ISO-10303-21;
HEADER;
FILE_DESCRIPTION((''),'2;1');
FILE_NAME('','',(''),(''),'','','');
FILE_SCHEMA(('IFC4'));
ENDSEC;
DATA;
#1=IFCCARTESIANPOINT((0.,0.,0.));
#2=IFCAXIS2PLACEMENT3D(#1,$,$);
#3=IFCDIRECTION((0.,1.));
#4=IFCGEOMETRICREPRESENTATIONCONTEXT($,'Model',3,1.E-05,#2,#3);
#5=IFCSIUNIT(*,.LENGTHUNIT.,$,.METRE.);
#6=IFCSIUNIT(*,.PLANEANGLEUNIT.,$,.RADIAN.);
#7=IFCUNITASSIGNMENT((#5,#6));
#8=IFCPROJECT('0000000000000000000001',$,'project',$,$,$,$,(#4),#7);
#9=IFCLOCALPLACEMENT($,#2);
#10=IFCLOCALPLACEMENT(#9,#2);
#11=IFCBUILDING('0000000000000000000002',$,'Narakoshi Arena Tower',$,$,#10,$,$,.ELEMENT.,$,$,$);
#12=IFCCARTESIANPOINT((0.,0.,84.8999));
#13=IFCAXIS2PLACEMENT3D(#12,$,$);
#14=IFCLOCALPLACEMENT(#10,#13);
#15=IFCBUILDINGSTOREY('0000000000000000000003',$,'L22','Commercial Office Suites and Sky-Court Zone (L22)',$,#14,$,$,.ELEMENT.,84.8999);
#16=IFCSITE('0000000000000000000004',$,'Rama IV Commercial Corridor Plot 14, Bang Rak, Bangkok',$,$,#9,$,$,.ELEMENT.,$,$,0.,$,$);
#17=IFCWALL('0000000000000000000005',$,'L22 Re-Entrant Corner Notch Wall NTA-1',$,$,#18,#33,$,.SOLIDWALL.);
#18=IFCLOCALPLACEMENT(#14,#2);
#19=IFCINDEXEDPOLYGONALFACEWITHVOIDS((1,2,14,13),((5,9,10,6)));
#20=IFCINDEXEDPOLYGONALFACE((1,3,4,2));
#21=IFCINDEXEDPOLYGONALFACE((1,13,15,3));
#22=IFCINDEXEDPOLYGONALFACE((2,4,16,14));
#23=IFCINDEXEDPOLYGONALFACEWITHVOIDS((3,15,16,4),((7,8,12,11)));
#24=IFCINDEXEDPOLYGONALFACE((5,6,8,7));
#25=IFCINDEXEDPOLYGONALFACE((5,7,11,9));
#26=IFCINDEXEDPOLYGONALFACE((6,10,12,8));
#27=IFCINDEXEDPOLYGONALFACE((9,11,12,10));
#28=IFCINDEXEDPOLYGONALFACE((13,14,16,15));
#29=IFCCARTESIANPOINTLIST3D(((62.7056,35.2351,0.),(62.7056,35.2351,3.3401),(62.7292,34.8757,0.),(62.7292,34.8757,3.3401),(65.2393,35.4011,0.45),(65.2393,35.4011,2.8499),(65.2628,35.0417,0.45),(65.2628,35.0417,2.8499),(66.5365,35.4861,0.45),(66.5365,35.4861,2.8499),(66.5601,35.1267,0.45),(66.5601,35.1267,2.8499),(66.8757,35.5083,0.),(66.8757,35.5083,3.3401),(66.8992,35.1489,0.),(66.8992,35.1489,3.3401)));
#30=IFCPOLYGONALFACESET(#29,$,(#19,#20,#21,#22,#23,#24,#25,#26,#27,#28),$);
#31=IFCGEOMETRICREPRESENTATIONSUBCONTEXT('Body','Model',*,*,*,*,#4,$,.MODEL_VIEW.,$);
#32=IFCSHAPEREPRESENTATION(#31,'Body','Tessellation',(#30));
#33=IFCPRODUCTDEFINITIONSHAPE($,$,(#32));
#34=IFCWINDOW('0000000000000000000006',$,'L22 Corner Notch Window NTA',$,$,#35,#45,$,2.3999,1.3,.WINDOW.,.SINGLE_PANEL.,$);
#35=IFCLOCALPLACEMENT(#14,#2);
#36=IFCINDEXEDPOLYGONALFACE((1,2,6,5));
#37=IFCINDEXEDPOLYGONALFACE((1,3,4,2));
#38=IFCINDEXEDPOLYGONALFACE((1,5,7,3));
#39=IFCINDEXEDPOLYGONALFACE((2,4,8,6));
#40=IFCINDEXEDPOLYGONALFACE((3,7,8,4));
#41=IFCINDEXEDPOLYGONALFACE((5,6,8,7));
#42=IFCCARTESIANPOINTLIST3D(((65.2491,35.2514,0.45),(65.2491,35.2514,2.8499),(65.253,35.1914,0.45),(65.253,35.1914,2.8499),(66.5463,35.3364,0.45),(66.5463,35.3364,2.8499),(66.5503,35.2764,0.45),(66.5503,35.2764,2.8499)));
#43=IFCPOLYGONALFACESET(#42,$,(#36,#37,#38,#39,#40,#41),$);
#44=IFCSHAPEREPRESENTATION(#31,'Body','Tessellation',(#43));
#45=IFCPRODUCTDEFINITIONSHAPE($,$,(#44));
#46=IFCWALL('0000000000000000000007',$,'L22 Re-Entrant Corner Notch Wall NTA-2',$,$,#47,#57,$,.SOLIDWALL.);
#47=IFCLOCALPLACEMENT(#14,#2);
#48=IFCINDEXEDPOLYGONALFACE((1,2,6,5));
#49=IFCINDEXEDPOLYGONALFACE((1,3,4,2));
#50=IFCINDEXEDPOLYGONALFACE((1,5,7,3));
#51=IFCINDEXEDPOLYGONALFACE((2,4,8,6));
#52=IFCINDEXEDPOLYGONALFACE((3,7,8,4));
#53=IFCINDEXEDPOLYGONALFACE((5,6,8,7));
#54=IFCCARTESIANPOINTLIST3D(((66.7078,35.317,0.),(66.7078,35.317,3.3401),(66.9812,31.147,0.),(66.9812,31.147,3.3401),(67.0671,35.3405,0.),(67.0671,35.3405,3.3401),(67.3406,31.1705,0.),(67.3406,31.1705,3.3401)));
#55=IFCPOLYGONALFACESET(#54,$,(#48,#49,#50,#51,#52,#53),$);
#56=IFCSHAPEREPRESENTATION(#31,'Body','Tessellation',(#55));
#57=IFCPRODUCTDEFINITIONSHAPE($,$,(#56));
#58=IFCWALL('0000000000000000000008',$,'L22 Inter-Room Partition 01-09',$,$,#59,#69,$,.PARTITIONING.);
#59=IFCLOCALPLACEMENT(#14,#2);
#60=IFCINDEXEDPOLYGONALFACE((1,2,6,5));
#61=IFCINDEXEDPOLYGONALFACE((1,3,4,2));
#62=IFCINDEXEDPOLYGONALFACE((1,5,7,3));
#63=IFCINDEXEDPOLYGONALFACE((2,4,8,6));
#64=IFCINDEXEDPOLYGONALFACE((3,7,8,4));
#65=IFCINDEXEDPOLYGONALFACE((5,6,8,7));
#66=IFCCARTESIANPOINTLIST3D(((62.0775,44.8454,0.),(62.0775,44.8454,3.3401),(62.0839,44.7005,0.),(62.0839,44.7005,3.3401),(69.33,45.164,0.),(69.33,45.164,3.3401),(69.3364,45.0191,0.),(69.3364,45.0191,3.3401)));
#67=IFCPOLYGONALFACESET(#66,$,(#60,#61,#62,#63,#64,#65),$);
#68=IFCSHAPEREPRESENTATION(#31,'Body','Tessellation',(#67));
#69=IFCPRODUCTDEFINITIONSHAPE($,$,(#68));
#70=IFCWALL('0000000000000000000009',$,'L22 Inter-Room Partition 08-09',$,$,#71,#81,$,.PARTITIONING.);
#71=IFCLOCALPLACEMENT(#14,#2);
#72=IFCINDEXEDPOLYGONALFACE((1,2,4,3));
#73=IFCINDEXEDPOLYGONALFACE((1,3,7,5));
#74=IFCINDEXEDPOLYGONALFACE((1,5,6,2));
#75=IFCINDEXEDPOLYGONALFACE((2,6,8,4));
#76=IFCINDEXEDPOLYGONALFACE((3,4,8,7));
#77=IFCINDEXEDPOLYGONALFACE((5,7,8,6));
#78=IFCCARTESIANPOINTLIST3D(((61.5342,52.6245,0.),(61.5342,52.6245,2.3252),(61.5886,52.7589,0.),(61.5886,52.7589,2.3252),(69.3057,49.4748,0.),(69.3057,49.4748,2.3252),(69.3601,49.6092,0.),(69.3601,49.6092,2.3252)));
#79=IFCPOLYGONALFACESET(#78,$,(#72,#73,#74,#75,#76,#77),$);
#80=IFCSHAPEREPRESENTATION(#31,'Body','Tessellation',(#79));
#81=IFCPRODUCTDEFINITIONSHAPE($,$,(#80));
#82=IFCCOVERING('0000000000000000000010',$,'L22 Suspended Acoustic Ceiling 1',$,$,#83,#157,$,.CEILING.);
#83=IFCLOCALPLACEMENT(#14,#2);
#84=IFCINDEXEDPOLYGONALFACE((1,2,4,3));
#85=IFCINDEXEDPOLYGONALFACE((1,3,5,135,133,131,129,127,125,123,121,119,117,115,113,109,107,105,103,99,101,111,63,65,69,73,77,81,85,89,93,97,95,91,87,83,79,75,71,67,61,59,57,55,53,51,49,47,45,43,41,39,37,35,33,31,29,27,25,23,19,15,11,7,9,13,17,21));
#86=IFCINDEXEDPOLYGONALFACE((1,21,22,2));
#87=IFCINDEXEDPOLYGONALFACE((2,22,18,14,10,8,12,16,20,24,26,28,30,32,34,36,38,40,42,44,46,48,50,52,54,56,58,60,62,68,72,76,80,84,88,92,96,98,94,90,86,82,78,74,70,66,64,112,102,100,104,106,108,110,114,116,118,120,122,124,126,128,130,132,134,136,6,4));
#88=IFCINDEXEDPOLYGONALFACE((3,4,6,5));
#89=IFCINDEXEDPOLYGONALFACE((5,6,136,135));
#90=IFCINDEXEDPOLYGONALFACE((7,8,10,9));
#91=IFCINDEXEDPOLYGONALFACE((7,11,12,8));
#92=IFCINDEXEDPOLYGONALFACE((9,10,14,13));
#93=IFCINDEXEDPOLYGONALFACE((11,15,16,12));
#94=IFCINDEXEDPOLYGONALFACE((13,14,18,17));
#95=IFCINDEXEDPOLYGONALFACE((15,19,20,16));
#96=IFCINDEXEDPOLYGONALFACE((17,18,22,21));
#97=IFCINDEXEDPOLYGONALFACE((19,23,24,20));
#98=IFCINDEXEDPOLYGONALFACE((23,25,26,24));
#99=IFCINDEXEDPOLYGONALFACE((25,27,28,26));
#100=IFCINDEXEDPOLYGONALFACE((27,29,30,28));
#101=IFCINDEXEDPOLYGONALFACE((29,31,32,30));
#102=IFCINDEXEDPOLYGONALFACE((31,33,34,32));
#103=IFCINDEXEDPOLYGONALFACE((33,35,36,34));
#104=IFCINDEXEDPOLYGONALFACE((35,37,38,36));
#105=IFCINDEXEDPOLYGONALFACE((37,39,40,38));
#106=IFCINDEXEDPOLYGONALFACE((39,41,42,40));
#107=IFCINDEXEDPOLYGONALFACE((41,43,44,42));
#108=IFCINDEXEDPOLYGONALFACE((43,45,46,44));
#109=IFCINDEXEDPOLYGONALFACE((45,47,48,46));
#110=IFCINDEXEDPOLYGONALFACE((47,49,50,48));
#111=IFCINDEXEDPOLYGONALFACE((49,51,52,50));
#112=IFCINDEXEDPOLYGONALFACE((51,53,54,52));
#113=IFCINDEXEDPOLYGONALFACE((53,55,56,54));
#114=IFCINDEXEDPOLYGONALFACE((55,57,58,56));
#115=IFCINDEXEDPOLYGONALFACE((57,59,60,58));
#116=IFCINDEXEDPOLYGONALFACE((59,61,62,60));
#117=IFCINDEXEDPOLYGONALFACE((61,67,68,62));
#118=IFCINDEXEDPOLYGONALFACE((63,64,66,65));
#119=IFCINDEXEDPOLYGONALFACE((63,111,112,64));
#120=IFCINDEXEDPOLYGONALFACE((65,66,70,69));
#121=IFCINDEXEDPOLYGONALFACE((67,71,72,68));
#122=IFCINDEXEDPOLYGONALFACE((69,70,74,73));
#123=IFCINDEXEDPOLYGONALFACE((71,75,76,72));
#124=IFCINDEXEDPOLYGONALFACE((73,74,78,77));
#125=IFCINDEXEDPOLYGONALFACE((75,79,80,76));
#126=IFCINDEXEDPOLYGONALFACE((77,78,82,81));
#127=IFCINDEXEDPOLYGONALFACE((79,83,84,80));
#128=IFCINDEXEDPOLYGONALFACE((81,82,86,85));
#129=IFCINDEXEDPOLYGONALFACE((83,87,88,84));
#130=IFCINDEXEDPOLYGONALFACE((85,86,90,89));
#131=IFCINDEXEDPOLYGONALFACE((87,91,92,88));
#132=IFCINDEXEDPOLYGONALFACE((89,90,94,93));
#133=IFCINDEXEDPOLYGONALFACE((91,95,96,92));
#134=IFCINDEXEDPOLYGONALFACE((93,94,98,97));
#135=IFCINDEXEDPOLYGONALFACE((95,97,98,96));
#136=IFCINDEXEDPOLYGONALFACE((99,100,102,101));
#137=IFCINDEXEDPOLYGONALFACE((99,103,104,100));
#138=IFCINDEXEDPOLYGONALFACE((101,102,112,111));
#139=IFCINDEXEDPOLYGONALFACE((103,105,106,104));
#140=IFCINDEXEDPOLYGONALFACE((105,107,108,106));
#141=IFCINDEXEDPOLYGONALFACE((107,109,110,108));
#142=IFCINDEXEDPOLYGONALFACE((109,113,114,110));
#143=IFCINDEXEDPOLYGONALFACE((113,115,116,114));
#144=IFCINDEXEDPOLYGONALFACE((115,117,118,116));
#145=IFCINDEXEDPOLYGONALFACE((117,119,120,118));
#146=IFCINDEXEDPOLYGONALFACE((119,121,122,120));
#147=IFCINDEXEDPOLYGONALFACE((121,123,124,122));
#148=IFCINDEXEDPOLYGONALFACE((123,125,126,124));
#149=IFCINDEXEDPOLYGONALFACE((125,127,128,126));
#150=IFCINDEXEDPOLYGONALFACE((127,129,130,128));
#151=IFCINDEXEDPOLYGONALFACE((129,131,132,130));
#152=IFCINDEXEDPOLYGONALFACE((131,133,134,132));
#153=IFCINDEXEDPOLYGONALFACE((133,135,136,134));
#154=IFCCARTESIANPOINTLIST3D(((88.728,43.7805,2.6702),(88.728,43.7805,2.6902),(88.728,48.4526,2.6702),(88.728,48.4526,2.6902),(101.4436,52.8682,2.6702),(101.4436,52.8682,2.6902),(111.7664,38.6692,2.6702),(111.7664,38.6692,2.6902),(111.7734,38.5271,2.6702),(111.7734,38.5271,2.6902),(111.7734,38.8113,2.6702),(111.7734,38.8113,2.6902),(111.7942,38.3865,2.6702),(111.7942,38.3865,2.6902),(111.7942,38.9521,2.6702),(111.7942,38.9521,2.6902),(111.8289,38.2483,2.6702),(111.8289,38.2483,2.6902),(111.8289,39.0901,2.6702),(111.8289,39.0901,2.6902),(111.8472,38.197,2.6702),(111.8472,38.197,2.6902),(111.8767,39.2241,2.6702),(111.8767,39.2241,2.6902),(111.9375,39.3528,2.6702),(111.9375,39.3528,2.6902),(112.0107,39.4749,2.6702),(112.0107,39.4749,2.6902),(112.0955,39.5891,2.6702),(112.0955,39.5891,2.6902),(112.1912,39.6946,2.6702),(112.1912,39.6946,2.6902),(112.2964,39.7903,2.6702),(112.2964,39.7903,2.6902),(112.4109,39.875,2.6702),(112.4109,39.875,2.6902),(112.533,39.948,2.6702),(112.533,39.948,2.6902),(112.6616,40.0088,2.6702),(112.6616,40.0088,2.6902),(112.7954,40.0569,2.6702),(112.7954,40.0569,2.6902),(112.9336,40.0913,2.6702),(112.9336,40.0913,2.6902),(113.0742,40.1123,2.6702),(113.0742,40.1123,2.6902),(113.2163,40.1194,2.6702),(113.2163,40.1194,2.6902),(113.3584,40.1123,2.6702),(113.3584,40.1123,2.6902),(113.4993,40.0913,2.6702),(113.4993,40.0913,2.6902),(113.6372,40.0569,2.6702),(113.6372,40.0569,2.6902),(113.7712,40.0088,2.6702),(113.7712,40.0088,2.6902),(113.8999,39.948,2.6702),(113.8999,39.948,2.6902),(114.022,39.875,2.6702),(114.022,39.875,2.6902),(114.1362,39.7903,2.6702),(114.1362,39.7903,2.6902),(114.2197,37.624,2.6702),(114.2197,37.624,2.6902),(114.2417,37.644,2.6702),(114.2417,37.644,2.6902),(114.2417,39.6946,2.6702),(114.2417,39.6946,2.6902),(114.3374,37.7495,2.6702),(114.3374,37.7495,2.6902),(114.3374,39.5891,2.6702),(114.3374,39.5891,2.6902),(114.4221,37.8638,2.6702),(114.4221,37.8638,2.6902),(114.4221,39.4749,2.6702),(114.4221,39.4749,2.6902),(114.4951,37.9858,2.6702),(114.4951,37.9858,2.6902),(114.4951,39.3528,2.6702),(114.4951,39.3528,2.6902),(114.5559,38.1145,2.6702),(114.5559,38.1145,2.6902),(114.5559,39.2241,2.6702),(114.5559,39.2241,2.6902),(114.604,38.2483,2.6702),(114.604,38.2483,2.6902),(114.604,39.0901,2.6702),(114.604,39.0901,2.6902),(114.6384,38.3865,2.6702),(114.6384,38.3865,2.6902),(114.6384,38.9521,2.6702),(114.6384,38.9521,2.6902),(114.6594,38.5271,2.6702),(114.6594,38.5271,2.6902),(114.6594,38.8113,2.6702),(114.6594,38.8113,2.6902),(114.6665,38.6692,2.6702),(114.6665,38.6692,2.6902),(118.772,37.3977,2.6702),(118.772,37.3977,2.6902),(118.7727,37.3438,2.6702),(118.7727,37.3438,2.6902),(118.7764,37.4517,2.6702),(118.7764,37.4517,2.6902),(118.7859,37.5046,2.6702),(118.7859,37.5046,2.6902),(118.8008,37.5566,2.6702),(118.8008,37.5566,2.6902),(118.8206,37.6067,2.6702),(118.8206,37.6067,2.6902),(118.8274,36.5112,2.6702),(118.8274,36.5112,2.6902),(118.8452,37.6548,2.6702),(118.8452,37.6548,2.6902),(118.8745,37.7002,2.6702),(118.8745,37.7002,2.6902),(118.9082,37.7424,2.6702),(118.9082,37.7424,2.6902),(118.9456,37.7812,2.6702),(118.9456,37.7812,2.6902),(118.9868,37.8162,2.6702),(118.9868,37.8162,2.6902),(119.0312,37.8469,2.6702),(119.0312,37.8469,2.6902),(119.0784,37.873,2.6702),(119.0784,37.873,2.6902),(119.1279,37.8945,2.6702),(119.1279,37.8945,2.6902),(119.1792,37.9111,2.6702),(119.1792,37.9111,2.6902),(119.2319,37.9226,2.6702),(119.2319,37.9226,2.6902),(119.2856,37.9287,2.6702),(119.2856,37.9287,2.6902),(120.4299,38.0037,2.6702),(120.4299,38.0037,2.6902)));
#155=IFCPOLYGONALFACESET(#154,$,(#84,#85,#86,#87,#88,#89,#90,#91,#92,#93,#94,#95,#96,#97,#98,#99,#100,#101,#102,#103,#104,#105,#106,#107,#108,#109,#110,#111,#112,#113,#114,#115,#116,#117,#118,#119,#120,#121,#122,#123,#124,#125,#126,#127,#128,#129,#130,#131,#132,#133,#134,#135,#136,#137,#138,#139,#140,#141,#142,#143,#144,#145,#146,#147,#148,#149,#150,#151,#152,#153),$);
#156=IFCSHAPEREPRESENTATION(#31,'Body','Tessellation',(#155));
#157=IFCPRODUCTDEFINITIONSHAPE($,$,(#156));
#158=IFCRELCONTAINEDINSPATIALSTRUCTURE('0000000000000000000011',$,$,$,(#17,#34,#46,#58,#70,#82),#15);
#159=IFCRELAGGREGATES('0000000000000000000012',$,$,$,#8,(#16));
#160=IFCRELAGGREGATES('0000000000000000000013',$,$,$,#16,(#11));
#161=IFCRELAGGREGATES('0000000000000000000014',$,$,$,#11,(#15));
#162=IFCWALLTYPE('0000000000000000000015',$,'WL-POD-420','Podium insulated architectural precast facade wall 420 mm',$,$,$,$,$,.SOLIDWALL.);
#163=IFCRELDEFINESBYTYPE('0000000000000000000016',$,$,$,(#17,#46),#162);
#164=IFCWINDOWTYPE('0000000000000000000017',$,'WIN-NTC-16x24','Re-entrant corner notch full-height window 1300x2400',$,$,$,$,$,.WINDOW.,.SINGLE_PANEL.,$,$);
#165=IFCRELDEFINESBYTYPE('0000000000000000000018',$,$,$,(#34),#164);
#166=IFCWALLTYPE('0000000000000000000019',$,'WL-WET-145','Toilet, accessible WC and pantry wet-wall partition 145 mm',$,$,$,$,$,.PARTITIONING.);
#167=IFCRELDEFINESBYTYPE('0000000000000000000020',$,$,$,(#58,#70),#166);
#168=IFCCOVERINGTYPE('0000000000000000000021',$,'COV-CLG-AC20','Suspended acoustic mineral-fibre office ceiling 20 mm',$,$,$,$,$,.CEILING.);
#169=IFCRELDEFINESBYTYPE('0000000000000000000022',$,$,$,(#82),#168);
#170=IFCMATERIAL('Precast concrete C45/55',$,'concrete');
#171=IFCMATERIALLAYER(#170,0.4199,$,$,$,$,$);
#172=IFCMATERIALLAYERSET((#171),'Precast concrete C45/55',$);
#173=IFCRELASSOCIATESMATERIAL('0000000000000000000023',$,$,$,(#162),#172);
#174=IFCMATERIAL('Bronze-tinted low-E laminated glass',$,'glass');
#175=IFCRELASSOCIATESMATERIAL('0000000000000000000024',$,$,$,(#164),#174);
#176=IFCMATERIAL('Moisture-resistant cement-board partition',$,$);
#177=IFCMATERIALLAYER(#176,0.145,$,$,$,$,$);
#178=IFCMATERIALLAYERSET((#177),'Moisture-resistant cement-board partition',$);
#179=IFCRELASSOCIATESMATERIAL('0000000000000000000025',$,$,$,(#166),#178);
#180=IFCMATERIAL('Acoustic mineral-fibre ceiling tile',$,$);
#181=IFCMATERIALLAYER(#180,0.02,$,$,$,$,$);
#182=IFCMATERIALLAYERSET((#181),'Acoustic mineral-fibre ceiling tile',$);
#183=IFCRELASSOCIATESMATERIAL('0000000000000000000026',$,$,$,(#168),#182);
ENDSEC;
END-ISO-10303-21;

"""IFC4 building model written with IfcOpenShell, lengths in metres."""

from ifc_helpers import new_model, si_unit, direction, frame, frame_2d, origin, place, context, subcontext, project, spatial, polyline, rectangle, outline, extrude, material, layer, layer_set, type_object, element, fill, save


model = new_model("IFC4")

# Units and contexts
model_context = context("Model", 3, precision=1e-05, world=origin(), true_north=direction((0.0, 1.0)))
body_context = subcontext(model_context, "Body", "Model", "MODEL_VIEW")
ifc_project = project(units=[si_unit("LENGTHUNIT", "METRE"), si_unit("PLANEANGLEUNIT", "RADIAN")], contexts=[model_context])

# Site, building, storey
site_placement = place(None, origin())
site = spatial("IfcSite", under=ifc_project, at=site_placement, Name="Rama IV Commercial Corridor Plot 14, Bang Rak, Bangkok", CompositionType="ELEMENT", RefElevation=0.0)
building_placement = place(site_placement, origin())
building = spatial("IfcBuilding", under=site, at=building_placement, Name="Narakoshi Arena Tower", CompositionType="ELEMENT")
storey_placement = place(building_placement, frame((0.0, 0.0, 84.8999)))
storey = spatial("IfcBuildingStorey", under=building, at=storey_placement, Name="L22", Description="Commercial Office Suites and Sky-Court Zone (L22)", CompositionType="ELEMENT", Elevation=84.8999)

# Wall, opening, window
ifc_material_1 = material(Name="Precast concrete C45/55", Category="concrete")
ifc_layer_1 = layer(ifc_material_1, 0.4199)
ifc_layer_set_1 = layer_set([ifc_layer_1], Name="Precast concrete C45/55")
wall_type_1 = type_object("IfcWallType", Name="WL-POD-420", Description="Podium insulated architectural precast facade wall 420 mm", PredefinedType="SOLIDWALL", material=ifc_layer_set_1)
ifc_material_2 = material(Name="Bronze-tinted low-E laminated glass", Category="glass")
wall_1_placement = place(storey_placement, frame((62.7175, 35.0554, 0.0), z_axis=(0.0, 0.0, 1.0), x_axis=(0.997861, 0.065375, 0.0)))
wall_1 = element("IfcWall", 1, at=wall_1_placement, inside=storey, type_object=wall_type_1, Name="L22 Re-Entrant Corner Notch Wall NTA-1", PredefinedType="SOLIDWALL", context=body_context, shape_type="SweptSolid", body=[
    extrude(rectangle(XDim=4.179, YDim=0.3601, at=frame_2d((2.0894, 0.0))), origin(), (0.0, 0.0, 1.0), 3.3401),
])
opening_1_placement = place(wall_1_placement, frame((2.5391, 0.0, 0.45)))
opening_1 = element("IfcOpeningElement", 2, at=opening_1_placement, cuts=wall_1, PredefinedType="OPENING", context=body_context, shape_type="SweptSolid", body=[
    extrude(rectangle(XDim=1.3, YDim=2.3999, at=frame_2d((0.6499, 1.2))), frame((0.0, 0.1899, 0.0), z_axis=(0.0, -1.0, 0.0), x_axis=(1.0, 0.0, 0.0)), (0.0, 0.0, 1.0), 0.3801),
])
window_type_1 = type_object("IfcWindowType", Name="WIN-NTC-16x24", Description="Re-entrant corner notch full-height window 1300x2400", PartitioningType="SINGLE_PANEL", PredefinedType="WINDOW", material=ifc_material_2)
window_1_placement = place(opening_1_placement, origin())
window_1 = element("IfcWindow", 3, at=window_1_placement, inside=storey, type_object=window_type_1, Name="L22 Corner Notch Window NTA", OverallHeight=2.3999, OverallWidth=1.3, PartitioningType="SINGLE_PANEL", PredefinedType="WINDOW", context=body_context, shape_type="SweptSolid", body=[
    extrude(rectangle(XDim=1.3, YDim=2.3999, at=frame_2d((0.6499, 1.2))), frame((0.0, 0.03, 0.0), z_axis=(0.0, -1.0, 0.0), x_axis=(1.0, 0.0, 0.0)), (0.0, 0.0, 1.0), 0.0601),
])
fill(opening_1, window_1)

# Walls
wall_2_placement = place(storey_placement, frame((66.8875, 35.3286, 0.0), z_axis=(0.0, 0.0, 1.0), x_axis=(0.065433, -0.997857, 0.0)))
element("IfcWall", 4, at=wall_2_placement, inside=storey, type_object=wall_type_1, Name="L22 Re-Entrant Corner Notch Wall NTA-2", PredefinedType="SOLIDWALL", context=body_context, shape_type="SweptSolid", body=[
    extrude(rectangle(XDim=4.179, YDim=0.3601, at=frame_2d((2.0894, 0.0))), origin(), (0.0, 0.0, 1.0), 3.3401),
])
ifc_material_3 = material(Name="Moisture-resistant cement-board partition")
ifc_layer_2 = layer(ifc_material_3, 0.145)
ifc_layer_set_2 = layer_set([ifc_layer_2], Name="Moisture-resistant cement-board partition")
wall_type_2 = type_object("IfcWallType", Name="WL-WET-145", Description="Toilet, accessible WC and pantry wet-wall partition 145 mm", PredefinedType="PARTITIONING", material=ifc_layer_set_2)
wall_3_placement = place(storey_placement, frame((62.0806, 44.7729, 0.0), z_axis=(0.0, 0.0, 1.0), x_axis=(0.999036, 0.043888, 0.0)))
element("IfcWall", 5, at=wall_3_placement, inside=storey, type_object=wall_type_2, Name="L22 Inter-Room Partition 01-09", PredefinedType="PARTITIONING", context=body_context, shape_type="SweptSolid", body=[
    extrude(rectangle(XDim=7.2595, YDim=0.145, at=frame_2d((3.6299, 0.0))), origin(), (0.0, 0.0, 1.0), 3.3401),
])
wall_4_placement = place(storey_placement, frame((69.333, 49.542, 0.0), z_axis=(0.0, 0.0, 1.0), x_axis=(-0.926778, 0.375608, 0.0)))
element("IfcWall", 6, at=wall_4_placement, inside=storey, type_object=wall_type_2, Name="L22 Inter-Room Partition 08-09", PredefinedType="PARTITIONING", context=body_context, shape_type="SweptSolid", body=[
    extrude(rectangle(XDim=8.3855, YDim=0.145, at=frame_2d((4.1929, 0.0))), origin(), (0.0, 0.0, 1.0), 2.3252),
])

# Covering
ifc_material_4 = material(Name="Acoustic mineral-fibre ceiling tile")
ifc_layer_3 = layer(ifc_material_4, 0.02)
ifc_layer_set_3 = layer_set([ifc_layer_3], Name="Acoustic mineral-fibre ceiling tile")
covering_type_1 = type_object("IfcCoveringType", Name="COV-CLG-AC20", Description="Suspended acoustic mineral-fibre office ceiling 20 mm", PredefinedType="CEILING", material=ifc_layer_set_3)
covering_1_placement = place(storey_placement, frame((0.0, 0.0, 2.6702)))
element("IfcCovering", 7, at=covering_1_placement, inside=storey, type_object=covering_type_1, Name="L22 Suspended Acoustic Ceiling 1", PredefinedType="CEILING", context=body_context, shape_type="SweptSolid", body=[
    extrude(outline(polyline([(119.2856, 37.9287), (119.2319, 37.9226), (119.1792, 37.9111), (119.1279, 37.8945), (119.0784, 37.873), (119.0312, 37.8469), (118.9868, 37.8162), (118.9456, 37.7812), (118.9082, 37.7424), (118.8745, 37.7002), (118.8452, 37.6548), (118.8206, 37.6067), (118.8008, 37.5566), (118.7859, 37.5046), (118.7764, 37.4517), (118.772, 37.3977), (118.7727, 37.3438), (118.8274, 36.5112), (114.2197, 37.624), (114.2417, 37.644), (114.3374, 37.7495), (114.4221, 37.8638), (114.4951, 37.9858), (114.5559, 38.1145), (114.604, 38.2483), (114.6384, 38.3865), (114.6594, 38.5271), (114.6665, 38.6692), (114.6594, 38.8113), (114.6384, 38.9521), (114.604, 39.0901), (114.5559, 39.2241), (114.4951, 39.3528), (114.4221, 39.4749), (114.3374, 39.5891), (114.2417, 39.6946), (114.1362, 39.7903), (114.022, 39.875), (113.8999, 39.948), (113.7712, 40.0088), (113.6372, 40.0569), (113.4993, 40.0913), (113.3584, 40.1123), (113.2163, 40.1194), (113.0742, 40.1123), (112.9336, 40.0913), (112.7954, 40.0569), (112.6616, 40.0088), (112.533, 39.948), (112.4109, 39.875), (112.2964, 39.7903), (112.1912, 39.6946), (112.0955, 39.5891), (112.0107, 39.4749), (111.9375, 39.3528), (111.8767, 39.2241), (111.8289, 39.0901), (111.7942, 38.9521), (111.7734, 38.8113), (111.7664, 38.6692), (111.7734, 38.5271), (111.7942, 38.3865), (111.8289, 38.2483), (111.8472, 38.197), (88.728, 43.7805), (88.728, 48.4526), (101.4436, 52.8682), (120.4299, 38.0037), (119.2856, 37.9287)])), origin(), (0.0, 0.0, 1.0), 0.02),
])

save(model, "model.ifc")
